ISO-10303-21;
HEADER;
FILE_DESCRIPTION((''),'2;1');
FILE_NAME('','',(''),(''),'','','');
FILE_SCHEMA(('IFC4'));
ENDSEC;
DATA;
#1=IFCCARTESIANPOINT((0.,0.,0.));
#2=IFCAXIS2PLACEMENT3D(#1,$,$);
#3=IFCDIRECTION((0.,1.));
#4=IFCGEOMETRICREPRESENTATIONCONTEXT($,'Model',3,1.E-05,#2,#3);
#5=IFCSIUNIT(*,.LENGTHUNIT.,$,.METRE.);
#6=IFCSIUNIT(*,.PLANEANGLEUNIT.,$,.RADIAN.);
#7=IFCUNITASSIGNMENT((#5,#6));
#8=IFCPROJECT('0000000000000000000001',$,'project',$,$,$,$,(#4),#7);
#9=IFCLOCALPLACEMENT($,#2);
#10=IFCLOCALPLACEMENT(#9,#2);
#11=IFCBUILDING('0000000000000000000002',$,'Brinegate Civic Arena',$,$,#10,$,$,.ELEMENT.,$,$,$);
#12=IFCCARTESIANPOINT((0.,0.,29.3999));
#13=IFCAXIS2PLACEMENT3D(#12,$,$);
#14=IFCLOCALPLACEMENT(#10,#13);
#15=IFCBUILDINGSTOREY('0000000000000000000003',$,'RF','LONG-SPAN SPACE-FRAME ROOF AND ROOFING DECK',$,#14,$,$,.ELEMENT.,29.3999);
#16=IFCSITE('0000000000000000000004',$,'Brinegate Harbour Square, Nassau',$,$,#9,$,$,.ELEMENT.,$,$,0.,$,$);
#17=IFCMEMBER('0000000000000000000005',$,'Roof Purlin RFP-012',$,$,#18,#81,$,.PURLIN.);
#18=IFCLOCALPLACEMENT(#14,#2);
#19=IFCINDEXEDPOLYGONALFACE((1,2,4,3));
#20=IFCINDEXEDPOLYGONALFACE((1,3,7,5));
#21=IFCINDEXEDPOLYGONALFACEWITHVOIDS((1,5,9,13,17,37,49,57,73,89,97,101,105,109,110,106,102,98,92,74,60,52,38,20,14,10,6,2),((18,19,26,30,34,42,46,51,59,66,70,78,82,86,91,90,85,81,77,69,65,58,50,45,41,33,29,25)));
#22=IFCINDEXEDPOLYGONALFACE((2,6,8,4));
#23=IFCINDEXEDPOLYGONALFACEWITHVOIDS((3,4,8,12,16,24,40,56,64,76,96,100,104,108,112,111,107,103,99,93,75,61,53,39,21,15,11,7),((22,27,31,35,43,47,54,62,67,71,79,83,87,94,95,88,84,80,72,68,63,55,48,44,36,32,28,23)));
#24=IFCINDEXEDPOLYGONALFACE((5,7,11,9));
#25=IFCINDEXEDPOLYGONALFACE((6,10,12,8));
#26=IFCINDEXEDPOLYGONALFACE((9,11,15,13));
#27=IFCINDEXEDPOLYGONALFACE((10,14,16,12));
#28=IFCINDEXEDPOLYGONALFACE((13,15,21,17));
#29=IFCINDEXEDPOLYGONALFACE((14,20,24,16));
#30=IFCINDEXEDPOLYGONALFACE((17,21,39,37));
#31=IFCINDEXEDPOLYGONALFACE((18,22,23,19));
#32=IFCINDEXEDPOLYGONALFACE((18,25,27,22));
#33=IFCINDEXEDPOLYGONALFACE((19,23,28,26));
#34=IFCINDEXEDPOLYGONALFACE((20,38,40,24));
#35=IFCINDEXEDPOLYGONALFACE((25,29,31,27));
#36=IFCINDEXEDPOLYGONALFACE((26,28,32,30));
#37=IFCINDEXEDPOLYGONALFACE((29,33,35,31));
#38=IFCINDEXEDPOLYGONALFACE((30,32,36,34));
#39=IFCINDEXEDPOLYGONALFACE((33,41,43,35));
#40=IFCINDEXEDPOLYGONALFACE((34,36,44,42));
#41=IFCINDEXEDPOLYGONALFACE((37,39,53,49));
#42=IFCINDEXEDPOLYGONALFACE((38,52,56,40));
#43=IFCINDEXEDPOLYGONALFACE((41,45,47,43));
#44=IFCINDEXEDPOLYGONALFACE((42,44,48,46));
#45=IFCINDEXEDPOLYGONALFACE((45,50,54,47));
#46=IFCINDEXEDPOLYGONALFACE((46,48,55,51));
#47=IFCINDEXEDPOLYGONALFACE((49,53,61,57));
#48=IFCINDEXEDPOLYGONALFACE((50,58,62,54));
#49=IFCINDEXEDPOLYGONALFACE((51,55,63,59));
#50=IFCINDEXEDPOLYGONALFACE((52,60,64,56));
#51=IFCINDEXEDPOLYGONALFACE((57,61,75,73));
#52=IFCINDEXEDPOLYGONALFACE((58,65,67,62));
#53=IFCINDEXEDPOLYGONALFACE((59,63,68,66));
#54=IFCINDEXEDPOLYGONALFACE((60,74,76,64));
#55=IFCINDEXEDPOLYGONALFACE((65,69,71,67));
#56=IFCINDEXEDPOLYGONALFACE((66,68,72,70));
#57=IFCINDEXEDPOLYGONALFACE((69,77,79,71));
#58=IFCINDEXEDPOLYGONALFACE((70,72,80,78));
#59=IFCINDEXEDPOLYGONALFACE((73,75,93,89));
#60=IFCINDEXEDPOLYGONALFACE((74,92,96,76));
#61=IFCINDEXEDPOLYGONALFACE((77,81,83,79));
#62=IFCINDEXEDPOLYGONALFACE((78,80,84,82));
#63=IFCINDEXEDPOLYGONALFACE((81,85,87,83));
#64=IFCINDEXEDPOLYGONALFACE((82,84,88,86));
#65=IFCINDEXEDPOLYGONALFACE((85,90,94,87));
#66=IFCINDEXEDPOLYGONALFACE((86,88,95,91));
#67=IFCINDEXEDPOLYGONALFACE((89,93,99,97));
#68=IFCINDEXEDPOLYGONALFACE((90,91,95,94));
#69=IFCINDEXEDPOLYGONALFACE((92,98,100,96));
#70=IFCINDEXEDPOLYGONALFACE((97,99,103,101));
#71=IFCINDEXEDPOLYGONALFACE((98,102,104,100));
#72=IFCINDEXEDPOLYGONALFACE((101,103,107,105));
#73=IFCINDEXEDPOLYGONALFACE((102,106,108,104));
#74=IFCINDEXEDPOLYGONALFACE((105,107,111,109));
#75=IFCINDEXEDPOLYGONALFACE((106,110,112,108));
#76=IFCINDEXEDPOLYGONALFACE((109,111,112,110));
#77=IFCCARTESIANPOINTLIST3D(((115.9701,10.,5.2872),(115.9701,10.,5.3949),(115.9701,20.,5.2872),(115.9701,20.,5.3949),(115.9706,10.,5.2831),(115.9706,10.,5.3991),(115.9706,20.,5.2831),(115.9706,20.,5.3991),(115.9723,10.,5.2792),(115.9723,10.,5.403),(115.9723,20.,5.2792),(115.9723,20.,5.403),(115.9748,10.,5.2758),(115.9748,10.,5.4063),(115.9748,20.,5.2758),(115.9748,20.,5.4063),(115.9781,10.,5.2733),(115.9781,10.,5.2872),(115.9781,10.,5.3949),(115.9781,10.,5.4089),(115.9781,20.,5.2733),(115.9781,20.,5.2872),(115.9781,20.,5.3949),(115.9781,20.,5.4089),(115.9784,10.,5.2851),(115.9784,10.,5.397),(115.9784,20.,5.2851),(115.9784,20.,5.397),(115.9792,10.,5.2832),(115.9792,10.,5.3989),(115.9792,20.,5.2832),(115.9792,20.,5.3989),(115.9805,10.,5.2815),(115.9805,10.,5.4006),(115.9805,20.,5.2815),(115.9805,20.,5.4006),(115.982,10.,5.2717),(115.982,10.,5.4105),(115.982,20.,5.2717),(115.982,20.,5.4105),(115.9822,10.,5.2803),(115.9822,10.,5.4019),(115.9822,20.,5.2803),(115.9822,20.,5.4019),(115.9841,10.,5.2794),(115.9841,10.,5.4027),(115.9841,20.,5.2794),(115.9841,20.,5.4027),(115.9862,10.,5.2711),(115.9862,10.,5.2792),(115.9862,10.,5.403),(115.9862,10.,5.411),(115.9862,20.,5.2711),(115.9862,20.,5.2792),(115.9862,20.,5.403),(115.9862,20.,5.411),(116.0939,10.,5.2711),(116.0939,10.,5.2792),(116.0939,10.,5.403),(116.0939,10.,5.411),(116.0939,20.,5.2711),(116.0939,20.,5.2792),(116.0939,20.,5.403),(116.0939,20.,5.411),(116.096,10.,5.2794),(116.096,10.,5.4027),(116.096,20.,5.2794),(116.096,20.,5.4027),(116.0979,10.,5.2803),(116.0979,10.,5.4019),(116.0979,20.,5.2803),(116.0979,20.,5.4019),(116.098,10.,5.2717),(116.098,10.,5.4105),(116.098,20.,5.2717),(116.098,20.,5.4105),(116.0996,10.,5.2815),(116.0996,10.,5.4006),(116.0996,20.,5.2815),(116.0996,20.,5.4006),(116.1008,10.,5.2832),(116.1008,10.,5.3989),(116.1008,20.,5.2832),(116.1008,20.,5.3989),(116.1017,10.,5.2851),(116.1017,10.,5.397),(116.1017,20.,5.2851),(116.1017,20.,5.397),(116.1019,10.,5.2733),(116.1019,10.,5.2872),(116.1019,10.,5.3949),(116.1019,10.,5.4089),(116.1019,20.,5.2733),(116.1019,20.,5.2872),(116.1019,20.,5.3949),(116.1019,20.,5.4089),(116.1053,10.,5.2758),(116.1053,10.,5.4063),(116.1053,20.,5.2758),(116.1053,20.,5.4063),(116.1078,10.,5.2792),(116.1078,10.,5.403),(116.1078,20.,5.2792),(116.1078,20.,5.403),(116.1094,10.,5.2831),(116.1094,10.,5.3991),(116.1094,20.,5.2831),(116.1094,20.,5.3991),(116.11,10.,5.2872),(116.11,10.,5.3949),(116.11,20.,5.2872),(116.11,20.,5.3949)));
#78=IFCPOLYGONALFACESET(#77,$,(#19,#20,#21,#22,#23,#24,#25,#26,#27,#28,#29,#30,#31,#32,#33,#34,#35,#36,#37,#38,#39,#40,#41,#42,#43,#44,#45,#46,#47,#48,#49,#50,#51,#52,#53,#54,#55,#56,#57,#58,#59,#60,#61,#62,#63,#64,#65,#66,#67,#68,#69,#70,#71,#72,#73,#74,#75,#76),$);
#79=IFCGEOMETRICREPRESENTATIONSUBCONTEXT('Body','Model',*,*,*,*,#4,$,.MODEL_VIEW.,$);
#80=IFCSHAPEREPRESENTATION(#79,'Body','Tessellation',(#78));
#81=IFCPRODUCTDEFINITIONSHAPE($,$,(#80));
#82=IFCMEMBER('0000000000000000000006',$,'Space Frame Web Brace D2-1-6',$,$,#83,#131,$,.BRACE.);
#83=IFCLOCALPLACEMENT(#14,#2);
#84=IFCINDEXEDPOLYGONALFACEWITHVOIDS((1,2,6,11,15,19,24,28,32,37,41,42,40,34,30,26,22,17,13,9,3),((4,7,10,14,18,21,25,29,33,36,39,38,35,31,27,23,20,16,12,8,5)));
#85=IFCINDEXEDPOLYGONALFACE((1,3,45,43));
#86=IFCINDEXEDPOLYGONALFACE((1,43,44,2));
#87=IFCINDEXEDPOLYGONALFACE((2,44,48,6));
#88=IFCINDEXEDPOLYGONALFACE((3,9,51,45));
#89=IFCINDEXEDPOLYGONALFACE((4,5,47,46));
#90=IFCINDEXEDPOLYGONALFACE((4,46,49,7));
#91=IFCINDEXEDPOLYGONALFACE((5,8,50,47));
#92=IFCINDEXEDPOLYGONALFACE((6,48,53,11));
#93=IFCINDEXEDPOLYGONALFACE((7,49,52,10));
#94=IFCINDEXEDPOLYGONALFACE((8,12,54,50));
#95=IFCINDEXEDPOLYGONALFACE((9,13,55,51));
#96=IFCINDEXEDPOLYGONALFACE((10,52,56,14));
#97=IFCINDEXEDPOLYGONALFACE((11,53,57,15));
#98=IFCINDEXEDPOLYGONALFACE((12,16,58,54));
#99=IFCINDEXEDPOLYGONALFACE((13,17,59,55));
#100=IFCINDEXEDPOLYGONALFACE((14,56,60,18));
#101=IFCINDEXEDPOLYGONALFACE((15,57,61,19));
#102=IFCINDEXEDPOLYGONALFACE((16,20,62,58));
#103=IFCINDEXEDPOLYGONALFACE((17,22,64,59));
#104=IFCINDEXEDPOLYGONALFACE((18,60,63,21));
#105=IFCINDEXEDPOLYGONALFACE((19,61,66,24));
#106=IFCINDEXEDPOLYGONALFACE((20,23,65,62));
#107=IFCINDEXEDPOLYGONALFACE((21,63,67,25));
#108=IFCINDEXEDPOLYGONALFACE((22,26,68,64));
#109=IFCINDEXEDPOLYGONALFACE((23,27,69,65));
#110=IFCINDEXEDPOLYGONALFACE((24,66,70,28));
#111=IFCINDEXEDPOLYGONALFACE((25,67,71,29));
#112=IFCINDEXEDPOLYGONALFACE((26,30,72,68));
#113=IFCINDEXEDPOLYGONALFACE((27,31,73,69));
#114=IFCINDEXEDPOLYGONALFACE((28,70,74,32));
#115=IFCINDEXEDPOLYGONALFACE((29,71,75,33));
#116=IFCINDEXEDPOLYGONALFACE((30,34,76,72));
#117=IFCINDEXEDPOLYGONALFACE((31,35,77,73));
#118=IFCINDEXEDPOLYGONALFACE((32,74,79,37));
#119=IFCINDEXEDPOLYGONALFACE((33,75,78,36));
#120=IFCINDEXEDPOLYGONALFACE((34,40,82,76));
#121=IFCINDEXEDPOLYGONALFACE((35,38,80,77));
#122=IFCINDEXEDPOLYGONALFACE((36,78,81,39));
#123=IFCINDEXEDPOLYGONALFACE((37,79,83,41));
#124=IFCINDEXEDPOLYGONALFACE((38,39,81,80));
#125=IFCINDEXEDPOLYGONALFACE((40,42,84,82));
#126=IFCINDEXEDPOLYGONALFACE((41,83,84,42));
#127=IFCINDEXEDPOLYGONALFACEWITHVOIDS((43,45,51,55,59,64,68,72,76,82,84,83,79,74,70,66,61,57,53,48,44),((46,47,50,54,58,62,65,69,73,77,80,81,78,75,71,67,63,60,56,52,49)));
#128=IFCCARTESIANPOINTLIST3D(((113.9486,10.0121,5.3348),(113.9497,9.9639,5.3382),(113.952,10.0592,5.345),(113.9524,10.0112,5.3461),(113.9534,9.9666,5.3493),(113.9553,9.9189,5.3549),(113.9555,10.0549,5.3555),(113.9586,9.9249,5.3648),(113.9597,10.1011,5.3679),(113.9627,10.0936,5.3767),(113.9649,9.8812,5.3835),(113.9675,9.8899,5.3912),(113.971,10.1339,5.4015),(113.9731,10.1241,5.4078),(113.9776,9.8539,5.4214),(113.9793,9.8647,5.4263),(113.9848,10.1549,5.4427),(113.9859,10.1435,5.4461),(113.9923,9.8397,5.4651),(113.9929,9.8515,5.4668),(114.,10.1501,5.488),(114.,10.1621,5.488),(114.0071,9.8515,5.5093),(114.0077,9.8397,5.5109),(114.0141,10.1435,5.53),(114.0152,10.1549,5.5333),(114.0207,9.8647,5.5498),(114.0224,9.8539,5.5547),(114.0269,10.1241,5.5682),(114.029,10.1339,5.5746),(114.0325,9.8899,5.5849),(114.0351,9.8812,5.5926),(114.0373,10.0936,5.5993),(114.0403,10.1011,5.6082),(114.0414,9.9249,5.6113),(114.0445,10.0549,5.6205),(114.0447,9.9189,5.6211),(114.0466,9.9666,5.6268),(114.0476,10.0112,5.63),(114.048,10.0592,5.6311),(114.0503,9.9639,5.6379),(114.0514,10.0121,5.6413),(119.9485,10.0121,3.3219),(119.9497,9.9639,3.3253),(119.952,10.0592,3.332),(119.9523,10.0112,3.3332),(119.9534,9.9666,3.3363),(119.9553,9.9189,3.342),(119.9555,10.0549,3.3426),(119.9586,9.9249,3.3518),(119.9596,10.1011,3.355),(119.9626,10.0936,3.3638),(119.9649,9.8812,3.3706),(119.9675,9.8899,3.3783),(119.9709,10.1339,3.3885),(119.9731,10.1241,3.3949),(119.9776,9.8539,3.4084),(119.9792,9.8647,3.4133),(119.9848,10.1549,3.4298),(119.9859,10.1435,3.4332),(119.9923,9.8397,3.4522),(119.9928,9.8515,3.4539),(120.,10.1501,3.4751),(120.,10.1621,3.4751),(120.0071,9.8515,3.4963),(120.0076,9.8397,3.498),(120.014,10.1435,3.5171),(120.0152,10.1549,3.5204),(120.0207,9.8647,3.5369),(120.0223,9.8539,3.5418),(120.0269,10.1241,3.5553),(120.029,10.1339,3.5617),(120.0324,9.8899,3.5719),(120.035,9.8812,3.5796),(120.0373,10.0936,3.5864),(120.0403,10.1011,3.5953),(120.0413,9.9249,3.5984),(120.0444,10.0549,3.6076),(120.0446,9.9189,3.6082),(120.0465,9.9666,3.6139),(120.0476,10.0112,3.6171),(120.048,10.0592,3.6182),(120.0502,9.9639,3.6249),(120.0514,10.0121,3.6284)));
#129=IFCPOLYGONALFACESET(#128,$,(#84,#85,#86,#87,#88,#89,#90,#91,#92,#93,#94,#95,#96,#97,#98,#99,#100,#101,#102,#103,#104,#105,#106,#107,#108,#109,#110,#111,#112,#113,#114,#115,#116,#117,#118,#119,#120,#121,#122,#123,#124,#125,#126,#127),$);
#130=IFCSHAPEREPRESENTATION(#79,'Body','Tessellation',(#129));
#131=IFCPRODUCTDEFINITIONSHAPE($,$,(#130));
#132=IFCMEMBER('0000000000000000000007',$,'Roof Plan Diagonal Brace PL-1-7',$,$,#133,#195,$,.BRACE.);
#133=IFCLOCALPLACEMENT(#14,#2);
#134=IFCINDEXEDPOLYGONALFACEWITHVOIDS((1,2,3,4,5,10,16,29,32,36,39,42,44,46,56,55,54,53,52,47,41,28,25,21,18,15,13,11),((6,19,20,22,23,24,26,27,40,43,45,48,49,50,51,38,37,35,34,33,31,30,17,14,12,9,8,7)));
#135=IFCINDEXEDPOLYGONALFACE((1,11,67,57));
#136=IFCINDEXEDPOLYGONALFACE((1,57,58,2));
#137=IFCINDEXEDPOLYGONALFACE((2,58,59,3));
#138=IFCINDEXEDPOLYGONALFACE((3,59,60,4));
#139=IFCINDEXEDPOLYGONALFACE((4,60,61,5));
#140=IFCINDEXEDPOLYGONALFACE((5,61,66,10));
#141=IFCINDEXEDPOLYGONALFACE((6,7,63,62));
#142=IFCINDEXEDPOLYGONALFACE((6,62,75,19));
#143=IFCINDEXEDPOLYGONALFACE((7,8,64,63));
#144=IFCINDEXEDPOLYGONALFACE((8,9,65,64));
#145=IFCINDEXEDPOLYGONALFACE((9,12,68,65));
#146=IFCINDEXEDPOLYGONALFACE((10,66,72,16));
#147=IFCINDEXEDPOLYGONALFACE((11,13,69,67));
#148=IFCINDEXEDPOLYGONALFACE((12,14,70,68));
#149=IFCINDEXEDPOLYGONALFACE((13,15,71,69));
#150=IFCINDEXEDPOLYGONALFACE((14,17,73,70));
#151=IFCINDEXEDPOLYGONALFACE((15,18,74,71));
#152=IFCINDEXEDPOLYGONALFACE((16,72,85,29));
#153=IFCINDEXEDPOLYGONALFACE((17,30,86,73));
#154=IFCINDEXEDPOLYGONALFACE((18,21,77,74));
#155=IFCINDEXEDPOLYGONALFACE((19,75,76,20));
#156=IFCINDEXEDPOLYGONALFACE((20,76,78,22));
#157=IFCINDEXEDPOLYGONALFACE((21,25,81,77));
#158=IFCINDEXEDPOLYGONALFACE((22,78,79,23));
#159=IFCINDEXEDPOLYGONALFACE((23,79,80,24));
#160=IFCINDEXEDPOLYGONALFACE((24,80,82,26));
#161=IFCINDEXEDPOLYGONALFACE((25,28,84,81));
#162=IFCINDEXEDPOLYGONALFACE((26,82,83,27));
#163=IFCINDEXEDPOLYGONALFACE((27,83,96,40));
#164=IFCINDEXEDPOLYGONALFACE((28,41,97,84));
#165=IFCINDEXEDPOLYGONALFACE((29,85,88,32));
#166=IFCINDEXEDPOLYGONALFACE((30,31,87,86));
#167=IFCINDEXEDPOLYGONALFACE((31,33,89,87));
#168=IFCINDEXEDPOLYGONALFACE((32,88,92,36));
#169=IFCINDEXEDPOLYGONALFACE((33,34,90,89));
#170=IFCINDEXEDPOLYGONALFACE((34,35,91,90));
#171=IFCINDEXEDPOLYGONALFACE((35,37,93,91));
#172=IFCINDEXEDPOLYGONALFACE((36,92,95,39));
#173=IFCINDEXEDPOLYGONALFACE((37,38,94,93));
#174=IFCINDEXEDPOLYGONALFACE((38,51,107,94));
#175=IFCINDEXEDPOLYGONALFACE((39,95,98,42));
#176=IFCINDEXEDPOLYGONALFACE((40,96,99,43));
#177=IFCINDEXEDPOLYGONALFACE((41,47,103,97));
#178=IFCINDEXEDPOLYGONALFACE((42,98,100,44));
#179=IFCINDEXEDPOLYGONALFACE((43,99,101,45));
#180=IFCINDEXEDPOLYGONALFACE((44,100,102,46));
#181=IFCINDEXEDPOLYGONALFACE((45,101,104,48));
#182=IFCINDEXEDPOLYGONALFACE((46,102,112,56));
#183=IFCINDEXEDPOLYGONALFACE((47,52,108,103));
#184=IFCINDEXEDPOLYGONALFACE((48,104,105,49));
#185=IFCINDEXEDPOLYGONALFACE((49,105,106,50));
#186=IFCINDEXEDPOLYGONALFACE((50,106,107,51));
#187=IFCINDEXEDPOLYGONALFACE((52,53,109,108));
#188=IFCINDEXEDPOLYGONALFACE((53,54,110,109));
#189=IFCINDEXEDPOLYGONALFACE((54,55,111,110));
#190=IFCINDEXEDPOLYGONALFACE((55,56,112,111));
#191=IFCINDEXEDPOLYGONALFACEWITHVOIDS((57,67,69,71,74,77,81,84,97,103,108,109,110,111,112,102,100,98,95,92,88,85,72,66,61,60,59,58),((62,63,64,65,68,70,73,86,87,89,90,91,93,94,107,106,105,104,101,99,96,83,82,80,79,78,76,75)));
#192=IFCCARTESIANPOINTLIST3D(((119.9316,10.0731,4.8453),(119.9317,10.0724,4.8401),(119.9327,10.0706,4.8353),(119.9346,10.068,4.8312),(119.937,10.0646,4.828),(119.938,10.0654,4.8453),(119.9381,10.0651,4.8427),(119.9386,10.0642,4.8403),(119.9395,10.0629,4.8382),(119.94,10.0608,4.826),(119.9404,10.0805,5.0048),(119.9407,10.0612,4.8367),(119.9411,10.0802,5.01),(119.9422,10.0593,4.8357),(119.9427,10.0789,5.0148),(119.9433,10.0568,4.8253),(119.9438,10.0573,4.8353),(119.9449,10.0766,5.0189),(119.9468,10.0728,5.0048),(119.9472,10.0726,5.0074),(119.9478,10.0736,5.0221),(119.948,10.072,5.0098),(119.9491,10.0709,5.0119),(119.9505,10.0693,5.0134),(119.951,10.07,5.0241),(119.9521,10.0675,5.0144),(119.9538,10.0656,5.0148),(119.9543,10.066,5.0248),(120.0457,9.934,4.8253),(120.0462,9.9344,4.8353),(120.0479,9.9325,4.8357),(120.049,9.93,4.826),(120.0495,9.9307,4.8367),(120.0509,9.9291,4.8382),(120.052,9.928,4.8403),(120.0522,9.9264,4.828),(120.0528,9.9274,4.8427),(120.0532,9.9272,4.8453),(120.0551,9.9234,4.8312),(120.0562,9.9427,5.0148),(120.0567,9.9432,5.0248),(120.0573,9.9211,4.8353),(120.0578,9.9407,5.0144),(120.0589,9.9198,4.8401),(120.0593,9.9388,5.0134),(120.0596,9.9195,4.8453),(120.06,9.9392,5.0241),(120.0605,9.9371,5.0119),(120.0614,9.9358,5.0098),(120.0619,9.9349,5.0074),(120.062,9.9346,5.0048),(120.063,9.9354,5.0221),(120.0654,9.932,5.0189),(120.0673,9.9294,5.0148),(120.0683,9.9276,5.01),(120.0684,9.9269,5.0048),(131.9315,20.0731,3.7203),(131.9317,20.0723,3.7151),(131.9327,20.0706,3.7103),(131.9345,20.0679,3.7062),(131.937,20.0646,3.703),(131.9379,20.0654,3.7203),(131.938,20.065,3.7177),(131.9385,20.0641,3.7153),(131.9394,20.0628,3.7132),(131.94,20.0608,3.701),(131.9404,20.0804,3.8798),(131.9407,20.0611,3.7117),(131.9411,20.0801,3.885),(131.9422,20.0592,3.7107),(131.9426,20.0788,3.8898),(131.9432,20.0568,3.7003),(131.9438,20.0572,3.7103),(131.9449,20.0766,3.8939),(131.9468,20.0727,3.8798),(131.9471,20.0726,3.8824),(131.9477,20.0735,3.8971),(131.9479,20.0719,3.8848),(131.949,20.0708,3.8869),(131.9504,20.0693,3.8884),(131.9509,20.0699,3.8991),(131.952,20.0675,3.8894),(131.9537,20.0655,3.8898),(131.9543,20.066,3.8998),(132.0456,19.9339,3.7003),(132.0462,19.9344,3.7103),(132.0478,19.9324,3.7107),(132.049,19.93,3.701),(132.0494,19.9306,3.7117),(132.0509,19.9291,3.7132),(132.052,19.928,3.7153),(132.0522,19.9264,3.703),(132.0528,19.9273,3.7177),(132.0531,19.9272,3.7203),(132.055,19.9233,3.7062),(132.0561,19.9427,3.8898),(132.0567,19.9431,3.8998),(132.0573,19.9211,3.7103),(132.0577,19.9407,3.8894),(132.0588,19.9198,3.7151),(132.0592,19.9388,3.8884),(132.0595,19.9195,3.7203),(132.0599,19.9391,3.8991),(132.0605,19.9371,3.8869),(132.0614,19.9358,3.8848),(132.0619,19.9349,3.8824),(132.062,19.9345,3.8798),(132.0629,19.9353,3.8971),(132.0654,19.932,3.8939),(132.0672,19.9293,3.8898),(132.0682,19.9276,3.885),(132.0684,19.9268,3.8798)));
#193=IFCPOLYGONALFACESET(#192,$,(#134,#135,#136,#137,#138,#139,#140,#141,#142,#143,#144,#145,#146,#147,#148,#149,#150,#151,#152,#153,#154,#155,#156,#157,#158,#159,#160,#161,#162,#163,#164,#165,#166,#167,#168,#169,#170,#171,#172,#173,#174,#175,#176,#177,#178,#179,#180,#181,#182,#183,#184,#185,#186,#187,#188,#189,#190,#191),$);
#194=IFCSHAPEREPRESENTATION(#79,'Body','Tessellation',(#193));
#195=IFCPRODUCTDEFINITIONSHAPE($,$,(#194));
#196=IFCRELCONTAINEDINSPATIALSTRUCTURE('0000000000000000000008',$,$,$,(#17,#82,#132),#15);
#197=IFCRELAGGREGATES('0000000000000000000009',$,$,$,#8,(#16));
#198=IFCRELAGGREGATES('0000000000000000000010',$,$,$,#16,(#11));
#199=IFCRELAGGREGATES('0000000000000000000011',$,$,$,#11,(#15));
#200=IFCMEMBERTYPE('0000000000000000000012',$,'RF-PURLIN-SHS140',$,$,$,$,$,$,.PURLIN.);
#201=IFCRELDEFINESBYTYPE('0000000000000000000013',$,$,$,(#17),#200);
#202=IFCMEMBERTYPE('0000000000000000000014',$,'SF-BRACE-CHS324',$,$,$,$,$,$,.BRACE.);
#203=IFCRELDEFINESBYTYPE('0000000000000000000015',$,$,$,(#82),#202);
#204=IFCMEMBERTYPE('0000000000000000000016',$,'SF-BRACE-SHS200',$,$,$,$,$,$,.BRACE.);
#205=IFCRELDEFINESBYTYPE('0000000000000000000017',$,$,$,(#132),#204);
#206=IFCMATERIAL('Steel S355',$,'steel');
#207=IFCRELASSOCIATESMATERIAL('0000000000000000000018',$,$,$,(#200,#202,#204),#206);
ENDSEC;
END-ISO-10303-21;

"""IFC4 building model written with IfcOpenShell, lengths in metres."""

from ifc_helpers import new_model, si_unit, direction, frame, origin, origin_2d, place, context, subcontext, project, spatial, hollow_rectangle, hollow_circle, extrude, material, material_profile, profile_set, type_object, element, save


model = new_model("IFC4")

# Units and contexts
model_context = context("Model", 3, precision=1e-05, world=origin(), true_north=direction((0.0, 1.0)))
body_context = subcontext(model_context, "Body", "Model", "MODEL_VIEW")
ifc_project = project(units=[si_unit("LENGTHUNIT", "METRE"), si_unit("PLANEANGLEUNIT", "RADIAN")], contexts=[model_context])

# Site, building, storey
site_placement = place(None, origin())
site = spatial("IfcSite", under=ifc_project, at=site_placement, Name="Brinegate Harbour Square, Nassau", CompositionType="ELEMENT", RefElevation=0.0)
building_placement = place(site_placement, origin())
building = spatial("IfcBuilding", under=site, at=building_placement, Name="Brinegate Civic Arena", CompositionType="ELEMENT")
storey_placement = place(building_placement, frame((0.0, 0.0, 29.3999)))
storey = spatial("IfcBuildingStorey", under=building, at=storey_placement, Name="RF", Description="LONG-SPAN SPACE-FRAME ROOF AND ROOFING DECK", CompositionType="ELEMENT", Elevation=29.3999)

# Shared definitions
ifc_material_1 = material(Name="Steel S355", Category="steel")

# Members
ifc_material_profile_1 = material_profile(ifc_material_1, hollow_rectangle(XDim=0.1399, YDim=0.1399, WallThickness=0.0081, InnerFilletRadius=0.0081, OuterFilletRadius=0.0161, at=origin_2d()), Name="SHS140X8")
ifc_profile_set_1 = profile_set([ifc_material_profile_1], Name="Steel S355")
member_type_1 = type_object("IfcMemberType", Name="RF-PURLIN-SHS140", PredefinedType="PURLIN", material=ifc_profile_set_1)
for number, where, z_axis, x_axis, name in (
    (1, (116.04, 10.0, 5.3411), (0.0, 1.0, 0.0), (-1.0, 0.0, 0.0), "Roof Purlin RFP-012"),
):
    element("IfcMember", number, at=place(storey_placement, frame(where, z_axis=z_axis, x_axis=x_axis)), inside=storey, type_object=member_type_1, Name=name, PredefinedType="PURLIN", context=body_context, shape_type="SweptSolid", body=[
        extrude(hollow_rectangle(XDim=0.1399, YDim=0.1399, WallThickness=0.0081, InnerFilletRadius=0.0081, OuterFilletRadius=0.0161, at=origin_2d()), origin(), (0.0, 0.0, 1.0), 10.0),
    ])
ifc_material_profile_2 = material_profile(ifc_material_1, hollow_circle(Radius=0.1621, WallThickness=0.012, at=origin_2d()), Name="CHS324X12")
ifc_profile_set_2 = profile_set([ifc_material_profile_2], Name="Steel S355")
member_type_2 = type_object("IfcMemberType", Name="SF-BRACE-CHS324", PredefinedType="BRACE", material=ifc_profile_set_2)
member_1_placement = place(storey_placement, frame((114.0, 10.0, 5.488), z_axis=(0.948068, 0.0, -0.318067), x_axis=(0.0, 1.0, 0.0)))
element("IfcMember", 2, at=member_1_placement, inside=storey, type_object=member_type_2, Name="Space Frame Web Brace D2-1-6", PredefinedType="BRACE", context=body_context, shape_type="SweptSolid", body=[
    extrude(hollow_circle(Radius=0.1621, WallThickness=0.012, at=origin_2d()), origin(), (0.0, 0.0, 1.0), 6.3286),
])
ifc_material_profile_3 = material_profile(ifc_material_1, hollow_rectangle(XDim=0.2, YDim=0.2, WallThickness=0.01, InnerFilletRadius=0.01, OuterFilletRadius=0.02, at=origin_2d()), Name="SHS200X10")
ifc_profile_set_3 = profile_set([ifc_material_profile_3], Name="Steel S355")
member_type_3 = type_object("IfcMemberType", Name="SF-BRACE-SHS200", PredefinedType="BRACE", material=ifc_profile_set_3)
member_2_placement = place(storey_placement, frame((120.0, 10.0, 4.925), z_axis=(0.766237, 0.638531, -0.071835), x_axis=(-0.640184, 0.768221, 0.0)))
element("IfcMember", 3, at=member_2_placement, inside=storey, type_object=member_type_3, Name="Roof Plan Diagonal Brace PL-1-7", PredefinedType="BRACE", context=body_context, shape_type="SweptSolid", body=[
    extrude(hollow_rectangle(XDim=0.2, YDim=0.2, WallThickness=0.01, InnerFilletRadius=0.01, OuterFilletRadius=0.02, at=origin_2d()), origin(), (0.0, 0.0, 1.0), 15.6609),
])

save(model, "model.ifc")
